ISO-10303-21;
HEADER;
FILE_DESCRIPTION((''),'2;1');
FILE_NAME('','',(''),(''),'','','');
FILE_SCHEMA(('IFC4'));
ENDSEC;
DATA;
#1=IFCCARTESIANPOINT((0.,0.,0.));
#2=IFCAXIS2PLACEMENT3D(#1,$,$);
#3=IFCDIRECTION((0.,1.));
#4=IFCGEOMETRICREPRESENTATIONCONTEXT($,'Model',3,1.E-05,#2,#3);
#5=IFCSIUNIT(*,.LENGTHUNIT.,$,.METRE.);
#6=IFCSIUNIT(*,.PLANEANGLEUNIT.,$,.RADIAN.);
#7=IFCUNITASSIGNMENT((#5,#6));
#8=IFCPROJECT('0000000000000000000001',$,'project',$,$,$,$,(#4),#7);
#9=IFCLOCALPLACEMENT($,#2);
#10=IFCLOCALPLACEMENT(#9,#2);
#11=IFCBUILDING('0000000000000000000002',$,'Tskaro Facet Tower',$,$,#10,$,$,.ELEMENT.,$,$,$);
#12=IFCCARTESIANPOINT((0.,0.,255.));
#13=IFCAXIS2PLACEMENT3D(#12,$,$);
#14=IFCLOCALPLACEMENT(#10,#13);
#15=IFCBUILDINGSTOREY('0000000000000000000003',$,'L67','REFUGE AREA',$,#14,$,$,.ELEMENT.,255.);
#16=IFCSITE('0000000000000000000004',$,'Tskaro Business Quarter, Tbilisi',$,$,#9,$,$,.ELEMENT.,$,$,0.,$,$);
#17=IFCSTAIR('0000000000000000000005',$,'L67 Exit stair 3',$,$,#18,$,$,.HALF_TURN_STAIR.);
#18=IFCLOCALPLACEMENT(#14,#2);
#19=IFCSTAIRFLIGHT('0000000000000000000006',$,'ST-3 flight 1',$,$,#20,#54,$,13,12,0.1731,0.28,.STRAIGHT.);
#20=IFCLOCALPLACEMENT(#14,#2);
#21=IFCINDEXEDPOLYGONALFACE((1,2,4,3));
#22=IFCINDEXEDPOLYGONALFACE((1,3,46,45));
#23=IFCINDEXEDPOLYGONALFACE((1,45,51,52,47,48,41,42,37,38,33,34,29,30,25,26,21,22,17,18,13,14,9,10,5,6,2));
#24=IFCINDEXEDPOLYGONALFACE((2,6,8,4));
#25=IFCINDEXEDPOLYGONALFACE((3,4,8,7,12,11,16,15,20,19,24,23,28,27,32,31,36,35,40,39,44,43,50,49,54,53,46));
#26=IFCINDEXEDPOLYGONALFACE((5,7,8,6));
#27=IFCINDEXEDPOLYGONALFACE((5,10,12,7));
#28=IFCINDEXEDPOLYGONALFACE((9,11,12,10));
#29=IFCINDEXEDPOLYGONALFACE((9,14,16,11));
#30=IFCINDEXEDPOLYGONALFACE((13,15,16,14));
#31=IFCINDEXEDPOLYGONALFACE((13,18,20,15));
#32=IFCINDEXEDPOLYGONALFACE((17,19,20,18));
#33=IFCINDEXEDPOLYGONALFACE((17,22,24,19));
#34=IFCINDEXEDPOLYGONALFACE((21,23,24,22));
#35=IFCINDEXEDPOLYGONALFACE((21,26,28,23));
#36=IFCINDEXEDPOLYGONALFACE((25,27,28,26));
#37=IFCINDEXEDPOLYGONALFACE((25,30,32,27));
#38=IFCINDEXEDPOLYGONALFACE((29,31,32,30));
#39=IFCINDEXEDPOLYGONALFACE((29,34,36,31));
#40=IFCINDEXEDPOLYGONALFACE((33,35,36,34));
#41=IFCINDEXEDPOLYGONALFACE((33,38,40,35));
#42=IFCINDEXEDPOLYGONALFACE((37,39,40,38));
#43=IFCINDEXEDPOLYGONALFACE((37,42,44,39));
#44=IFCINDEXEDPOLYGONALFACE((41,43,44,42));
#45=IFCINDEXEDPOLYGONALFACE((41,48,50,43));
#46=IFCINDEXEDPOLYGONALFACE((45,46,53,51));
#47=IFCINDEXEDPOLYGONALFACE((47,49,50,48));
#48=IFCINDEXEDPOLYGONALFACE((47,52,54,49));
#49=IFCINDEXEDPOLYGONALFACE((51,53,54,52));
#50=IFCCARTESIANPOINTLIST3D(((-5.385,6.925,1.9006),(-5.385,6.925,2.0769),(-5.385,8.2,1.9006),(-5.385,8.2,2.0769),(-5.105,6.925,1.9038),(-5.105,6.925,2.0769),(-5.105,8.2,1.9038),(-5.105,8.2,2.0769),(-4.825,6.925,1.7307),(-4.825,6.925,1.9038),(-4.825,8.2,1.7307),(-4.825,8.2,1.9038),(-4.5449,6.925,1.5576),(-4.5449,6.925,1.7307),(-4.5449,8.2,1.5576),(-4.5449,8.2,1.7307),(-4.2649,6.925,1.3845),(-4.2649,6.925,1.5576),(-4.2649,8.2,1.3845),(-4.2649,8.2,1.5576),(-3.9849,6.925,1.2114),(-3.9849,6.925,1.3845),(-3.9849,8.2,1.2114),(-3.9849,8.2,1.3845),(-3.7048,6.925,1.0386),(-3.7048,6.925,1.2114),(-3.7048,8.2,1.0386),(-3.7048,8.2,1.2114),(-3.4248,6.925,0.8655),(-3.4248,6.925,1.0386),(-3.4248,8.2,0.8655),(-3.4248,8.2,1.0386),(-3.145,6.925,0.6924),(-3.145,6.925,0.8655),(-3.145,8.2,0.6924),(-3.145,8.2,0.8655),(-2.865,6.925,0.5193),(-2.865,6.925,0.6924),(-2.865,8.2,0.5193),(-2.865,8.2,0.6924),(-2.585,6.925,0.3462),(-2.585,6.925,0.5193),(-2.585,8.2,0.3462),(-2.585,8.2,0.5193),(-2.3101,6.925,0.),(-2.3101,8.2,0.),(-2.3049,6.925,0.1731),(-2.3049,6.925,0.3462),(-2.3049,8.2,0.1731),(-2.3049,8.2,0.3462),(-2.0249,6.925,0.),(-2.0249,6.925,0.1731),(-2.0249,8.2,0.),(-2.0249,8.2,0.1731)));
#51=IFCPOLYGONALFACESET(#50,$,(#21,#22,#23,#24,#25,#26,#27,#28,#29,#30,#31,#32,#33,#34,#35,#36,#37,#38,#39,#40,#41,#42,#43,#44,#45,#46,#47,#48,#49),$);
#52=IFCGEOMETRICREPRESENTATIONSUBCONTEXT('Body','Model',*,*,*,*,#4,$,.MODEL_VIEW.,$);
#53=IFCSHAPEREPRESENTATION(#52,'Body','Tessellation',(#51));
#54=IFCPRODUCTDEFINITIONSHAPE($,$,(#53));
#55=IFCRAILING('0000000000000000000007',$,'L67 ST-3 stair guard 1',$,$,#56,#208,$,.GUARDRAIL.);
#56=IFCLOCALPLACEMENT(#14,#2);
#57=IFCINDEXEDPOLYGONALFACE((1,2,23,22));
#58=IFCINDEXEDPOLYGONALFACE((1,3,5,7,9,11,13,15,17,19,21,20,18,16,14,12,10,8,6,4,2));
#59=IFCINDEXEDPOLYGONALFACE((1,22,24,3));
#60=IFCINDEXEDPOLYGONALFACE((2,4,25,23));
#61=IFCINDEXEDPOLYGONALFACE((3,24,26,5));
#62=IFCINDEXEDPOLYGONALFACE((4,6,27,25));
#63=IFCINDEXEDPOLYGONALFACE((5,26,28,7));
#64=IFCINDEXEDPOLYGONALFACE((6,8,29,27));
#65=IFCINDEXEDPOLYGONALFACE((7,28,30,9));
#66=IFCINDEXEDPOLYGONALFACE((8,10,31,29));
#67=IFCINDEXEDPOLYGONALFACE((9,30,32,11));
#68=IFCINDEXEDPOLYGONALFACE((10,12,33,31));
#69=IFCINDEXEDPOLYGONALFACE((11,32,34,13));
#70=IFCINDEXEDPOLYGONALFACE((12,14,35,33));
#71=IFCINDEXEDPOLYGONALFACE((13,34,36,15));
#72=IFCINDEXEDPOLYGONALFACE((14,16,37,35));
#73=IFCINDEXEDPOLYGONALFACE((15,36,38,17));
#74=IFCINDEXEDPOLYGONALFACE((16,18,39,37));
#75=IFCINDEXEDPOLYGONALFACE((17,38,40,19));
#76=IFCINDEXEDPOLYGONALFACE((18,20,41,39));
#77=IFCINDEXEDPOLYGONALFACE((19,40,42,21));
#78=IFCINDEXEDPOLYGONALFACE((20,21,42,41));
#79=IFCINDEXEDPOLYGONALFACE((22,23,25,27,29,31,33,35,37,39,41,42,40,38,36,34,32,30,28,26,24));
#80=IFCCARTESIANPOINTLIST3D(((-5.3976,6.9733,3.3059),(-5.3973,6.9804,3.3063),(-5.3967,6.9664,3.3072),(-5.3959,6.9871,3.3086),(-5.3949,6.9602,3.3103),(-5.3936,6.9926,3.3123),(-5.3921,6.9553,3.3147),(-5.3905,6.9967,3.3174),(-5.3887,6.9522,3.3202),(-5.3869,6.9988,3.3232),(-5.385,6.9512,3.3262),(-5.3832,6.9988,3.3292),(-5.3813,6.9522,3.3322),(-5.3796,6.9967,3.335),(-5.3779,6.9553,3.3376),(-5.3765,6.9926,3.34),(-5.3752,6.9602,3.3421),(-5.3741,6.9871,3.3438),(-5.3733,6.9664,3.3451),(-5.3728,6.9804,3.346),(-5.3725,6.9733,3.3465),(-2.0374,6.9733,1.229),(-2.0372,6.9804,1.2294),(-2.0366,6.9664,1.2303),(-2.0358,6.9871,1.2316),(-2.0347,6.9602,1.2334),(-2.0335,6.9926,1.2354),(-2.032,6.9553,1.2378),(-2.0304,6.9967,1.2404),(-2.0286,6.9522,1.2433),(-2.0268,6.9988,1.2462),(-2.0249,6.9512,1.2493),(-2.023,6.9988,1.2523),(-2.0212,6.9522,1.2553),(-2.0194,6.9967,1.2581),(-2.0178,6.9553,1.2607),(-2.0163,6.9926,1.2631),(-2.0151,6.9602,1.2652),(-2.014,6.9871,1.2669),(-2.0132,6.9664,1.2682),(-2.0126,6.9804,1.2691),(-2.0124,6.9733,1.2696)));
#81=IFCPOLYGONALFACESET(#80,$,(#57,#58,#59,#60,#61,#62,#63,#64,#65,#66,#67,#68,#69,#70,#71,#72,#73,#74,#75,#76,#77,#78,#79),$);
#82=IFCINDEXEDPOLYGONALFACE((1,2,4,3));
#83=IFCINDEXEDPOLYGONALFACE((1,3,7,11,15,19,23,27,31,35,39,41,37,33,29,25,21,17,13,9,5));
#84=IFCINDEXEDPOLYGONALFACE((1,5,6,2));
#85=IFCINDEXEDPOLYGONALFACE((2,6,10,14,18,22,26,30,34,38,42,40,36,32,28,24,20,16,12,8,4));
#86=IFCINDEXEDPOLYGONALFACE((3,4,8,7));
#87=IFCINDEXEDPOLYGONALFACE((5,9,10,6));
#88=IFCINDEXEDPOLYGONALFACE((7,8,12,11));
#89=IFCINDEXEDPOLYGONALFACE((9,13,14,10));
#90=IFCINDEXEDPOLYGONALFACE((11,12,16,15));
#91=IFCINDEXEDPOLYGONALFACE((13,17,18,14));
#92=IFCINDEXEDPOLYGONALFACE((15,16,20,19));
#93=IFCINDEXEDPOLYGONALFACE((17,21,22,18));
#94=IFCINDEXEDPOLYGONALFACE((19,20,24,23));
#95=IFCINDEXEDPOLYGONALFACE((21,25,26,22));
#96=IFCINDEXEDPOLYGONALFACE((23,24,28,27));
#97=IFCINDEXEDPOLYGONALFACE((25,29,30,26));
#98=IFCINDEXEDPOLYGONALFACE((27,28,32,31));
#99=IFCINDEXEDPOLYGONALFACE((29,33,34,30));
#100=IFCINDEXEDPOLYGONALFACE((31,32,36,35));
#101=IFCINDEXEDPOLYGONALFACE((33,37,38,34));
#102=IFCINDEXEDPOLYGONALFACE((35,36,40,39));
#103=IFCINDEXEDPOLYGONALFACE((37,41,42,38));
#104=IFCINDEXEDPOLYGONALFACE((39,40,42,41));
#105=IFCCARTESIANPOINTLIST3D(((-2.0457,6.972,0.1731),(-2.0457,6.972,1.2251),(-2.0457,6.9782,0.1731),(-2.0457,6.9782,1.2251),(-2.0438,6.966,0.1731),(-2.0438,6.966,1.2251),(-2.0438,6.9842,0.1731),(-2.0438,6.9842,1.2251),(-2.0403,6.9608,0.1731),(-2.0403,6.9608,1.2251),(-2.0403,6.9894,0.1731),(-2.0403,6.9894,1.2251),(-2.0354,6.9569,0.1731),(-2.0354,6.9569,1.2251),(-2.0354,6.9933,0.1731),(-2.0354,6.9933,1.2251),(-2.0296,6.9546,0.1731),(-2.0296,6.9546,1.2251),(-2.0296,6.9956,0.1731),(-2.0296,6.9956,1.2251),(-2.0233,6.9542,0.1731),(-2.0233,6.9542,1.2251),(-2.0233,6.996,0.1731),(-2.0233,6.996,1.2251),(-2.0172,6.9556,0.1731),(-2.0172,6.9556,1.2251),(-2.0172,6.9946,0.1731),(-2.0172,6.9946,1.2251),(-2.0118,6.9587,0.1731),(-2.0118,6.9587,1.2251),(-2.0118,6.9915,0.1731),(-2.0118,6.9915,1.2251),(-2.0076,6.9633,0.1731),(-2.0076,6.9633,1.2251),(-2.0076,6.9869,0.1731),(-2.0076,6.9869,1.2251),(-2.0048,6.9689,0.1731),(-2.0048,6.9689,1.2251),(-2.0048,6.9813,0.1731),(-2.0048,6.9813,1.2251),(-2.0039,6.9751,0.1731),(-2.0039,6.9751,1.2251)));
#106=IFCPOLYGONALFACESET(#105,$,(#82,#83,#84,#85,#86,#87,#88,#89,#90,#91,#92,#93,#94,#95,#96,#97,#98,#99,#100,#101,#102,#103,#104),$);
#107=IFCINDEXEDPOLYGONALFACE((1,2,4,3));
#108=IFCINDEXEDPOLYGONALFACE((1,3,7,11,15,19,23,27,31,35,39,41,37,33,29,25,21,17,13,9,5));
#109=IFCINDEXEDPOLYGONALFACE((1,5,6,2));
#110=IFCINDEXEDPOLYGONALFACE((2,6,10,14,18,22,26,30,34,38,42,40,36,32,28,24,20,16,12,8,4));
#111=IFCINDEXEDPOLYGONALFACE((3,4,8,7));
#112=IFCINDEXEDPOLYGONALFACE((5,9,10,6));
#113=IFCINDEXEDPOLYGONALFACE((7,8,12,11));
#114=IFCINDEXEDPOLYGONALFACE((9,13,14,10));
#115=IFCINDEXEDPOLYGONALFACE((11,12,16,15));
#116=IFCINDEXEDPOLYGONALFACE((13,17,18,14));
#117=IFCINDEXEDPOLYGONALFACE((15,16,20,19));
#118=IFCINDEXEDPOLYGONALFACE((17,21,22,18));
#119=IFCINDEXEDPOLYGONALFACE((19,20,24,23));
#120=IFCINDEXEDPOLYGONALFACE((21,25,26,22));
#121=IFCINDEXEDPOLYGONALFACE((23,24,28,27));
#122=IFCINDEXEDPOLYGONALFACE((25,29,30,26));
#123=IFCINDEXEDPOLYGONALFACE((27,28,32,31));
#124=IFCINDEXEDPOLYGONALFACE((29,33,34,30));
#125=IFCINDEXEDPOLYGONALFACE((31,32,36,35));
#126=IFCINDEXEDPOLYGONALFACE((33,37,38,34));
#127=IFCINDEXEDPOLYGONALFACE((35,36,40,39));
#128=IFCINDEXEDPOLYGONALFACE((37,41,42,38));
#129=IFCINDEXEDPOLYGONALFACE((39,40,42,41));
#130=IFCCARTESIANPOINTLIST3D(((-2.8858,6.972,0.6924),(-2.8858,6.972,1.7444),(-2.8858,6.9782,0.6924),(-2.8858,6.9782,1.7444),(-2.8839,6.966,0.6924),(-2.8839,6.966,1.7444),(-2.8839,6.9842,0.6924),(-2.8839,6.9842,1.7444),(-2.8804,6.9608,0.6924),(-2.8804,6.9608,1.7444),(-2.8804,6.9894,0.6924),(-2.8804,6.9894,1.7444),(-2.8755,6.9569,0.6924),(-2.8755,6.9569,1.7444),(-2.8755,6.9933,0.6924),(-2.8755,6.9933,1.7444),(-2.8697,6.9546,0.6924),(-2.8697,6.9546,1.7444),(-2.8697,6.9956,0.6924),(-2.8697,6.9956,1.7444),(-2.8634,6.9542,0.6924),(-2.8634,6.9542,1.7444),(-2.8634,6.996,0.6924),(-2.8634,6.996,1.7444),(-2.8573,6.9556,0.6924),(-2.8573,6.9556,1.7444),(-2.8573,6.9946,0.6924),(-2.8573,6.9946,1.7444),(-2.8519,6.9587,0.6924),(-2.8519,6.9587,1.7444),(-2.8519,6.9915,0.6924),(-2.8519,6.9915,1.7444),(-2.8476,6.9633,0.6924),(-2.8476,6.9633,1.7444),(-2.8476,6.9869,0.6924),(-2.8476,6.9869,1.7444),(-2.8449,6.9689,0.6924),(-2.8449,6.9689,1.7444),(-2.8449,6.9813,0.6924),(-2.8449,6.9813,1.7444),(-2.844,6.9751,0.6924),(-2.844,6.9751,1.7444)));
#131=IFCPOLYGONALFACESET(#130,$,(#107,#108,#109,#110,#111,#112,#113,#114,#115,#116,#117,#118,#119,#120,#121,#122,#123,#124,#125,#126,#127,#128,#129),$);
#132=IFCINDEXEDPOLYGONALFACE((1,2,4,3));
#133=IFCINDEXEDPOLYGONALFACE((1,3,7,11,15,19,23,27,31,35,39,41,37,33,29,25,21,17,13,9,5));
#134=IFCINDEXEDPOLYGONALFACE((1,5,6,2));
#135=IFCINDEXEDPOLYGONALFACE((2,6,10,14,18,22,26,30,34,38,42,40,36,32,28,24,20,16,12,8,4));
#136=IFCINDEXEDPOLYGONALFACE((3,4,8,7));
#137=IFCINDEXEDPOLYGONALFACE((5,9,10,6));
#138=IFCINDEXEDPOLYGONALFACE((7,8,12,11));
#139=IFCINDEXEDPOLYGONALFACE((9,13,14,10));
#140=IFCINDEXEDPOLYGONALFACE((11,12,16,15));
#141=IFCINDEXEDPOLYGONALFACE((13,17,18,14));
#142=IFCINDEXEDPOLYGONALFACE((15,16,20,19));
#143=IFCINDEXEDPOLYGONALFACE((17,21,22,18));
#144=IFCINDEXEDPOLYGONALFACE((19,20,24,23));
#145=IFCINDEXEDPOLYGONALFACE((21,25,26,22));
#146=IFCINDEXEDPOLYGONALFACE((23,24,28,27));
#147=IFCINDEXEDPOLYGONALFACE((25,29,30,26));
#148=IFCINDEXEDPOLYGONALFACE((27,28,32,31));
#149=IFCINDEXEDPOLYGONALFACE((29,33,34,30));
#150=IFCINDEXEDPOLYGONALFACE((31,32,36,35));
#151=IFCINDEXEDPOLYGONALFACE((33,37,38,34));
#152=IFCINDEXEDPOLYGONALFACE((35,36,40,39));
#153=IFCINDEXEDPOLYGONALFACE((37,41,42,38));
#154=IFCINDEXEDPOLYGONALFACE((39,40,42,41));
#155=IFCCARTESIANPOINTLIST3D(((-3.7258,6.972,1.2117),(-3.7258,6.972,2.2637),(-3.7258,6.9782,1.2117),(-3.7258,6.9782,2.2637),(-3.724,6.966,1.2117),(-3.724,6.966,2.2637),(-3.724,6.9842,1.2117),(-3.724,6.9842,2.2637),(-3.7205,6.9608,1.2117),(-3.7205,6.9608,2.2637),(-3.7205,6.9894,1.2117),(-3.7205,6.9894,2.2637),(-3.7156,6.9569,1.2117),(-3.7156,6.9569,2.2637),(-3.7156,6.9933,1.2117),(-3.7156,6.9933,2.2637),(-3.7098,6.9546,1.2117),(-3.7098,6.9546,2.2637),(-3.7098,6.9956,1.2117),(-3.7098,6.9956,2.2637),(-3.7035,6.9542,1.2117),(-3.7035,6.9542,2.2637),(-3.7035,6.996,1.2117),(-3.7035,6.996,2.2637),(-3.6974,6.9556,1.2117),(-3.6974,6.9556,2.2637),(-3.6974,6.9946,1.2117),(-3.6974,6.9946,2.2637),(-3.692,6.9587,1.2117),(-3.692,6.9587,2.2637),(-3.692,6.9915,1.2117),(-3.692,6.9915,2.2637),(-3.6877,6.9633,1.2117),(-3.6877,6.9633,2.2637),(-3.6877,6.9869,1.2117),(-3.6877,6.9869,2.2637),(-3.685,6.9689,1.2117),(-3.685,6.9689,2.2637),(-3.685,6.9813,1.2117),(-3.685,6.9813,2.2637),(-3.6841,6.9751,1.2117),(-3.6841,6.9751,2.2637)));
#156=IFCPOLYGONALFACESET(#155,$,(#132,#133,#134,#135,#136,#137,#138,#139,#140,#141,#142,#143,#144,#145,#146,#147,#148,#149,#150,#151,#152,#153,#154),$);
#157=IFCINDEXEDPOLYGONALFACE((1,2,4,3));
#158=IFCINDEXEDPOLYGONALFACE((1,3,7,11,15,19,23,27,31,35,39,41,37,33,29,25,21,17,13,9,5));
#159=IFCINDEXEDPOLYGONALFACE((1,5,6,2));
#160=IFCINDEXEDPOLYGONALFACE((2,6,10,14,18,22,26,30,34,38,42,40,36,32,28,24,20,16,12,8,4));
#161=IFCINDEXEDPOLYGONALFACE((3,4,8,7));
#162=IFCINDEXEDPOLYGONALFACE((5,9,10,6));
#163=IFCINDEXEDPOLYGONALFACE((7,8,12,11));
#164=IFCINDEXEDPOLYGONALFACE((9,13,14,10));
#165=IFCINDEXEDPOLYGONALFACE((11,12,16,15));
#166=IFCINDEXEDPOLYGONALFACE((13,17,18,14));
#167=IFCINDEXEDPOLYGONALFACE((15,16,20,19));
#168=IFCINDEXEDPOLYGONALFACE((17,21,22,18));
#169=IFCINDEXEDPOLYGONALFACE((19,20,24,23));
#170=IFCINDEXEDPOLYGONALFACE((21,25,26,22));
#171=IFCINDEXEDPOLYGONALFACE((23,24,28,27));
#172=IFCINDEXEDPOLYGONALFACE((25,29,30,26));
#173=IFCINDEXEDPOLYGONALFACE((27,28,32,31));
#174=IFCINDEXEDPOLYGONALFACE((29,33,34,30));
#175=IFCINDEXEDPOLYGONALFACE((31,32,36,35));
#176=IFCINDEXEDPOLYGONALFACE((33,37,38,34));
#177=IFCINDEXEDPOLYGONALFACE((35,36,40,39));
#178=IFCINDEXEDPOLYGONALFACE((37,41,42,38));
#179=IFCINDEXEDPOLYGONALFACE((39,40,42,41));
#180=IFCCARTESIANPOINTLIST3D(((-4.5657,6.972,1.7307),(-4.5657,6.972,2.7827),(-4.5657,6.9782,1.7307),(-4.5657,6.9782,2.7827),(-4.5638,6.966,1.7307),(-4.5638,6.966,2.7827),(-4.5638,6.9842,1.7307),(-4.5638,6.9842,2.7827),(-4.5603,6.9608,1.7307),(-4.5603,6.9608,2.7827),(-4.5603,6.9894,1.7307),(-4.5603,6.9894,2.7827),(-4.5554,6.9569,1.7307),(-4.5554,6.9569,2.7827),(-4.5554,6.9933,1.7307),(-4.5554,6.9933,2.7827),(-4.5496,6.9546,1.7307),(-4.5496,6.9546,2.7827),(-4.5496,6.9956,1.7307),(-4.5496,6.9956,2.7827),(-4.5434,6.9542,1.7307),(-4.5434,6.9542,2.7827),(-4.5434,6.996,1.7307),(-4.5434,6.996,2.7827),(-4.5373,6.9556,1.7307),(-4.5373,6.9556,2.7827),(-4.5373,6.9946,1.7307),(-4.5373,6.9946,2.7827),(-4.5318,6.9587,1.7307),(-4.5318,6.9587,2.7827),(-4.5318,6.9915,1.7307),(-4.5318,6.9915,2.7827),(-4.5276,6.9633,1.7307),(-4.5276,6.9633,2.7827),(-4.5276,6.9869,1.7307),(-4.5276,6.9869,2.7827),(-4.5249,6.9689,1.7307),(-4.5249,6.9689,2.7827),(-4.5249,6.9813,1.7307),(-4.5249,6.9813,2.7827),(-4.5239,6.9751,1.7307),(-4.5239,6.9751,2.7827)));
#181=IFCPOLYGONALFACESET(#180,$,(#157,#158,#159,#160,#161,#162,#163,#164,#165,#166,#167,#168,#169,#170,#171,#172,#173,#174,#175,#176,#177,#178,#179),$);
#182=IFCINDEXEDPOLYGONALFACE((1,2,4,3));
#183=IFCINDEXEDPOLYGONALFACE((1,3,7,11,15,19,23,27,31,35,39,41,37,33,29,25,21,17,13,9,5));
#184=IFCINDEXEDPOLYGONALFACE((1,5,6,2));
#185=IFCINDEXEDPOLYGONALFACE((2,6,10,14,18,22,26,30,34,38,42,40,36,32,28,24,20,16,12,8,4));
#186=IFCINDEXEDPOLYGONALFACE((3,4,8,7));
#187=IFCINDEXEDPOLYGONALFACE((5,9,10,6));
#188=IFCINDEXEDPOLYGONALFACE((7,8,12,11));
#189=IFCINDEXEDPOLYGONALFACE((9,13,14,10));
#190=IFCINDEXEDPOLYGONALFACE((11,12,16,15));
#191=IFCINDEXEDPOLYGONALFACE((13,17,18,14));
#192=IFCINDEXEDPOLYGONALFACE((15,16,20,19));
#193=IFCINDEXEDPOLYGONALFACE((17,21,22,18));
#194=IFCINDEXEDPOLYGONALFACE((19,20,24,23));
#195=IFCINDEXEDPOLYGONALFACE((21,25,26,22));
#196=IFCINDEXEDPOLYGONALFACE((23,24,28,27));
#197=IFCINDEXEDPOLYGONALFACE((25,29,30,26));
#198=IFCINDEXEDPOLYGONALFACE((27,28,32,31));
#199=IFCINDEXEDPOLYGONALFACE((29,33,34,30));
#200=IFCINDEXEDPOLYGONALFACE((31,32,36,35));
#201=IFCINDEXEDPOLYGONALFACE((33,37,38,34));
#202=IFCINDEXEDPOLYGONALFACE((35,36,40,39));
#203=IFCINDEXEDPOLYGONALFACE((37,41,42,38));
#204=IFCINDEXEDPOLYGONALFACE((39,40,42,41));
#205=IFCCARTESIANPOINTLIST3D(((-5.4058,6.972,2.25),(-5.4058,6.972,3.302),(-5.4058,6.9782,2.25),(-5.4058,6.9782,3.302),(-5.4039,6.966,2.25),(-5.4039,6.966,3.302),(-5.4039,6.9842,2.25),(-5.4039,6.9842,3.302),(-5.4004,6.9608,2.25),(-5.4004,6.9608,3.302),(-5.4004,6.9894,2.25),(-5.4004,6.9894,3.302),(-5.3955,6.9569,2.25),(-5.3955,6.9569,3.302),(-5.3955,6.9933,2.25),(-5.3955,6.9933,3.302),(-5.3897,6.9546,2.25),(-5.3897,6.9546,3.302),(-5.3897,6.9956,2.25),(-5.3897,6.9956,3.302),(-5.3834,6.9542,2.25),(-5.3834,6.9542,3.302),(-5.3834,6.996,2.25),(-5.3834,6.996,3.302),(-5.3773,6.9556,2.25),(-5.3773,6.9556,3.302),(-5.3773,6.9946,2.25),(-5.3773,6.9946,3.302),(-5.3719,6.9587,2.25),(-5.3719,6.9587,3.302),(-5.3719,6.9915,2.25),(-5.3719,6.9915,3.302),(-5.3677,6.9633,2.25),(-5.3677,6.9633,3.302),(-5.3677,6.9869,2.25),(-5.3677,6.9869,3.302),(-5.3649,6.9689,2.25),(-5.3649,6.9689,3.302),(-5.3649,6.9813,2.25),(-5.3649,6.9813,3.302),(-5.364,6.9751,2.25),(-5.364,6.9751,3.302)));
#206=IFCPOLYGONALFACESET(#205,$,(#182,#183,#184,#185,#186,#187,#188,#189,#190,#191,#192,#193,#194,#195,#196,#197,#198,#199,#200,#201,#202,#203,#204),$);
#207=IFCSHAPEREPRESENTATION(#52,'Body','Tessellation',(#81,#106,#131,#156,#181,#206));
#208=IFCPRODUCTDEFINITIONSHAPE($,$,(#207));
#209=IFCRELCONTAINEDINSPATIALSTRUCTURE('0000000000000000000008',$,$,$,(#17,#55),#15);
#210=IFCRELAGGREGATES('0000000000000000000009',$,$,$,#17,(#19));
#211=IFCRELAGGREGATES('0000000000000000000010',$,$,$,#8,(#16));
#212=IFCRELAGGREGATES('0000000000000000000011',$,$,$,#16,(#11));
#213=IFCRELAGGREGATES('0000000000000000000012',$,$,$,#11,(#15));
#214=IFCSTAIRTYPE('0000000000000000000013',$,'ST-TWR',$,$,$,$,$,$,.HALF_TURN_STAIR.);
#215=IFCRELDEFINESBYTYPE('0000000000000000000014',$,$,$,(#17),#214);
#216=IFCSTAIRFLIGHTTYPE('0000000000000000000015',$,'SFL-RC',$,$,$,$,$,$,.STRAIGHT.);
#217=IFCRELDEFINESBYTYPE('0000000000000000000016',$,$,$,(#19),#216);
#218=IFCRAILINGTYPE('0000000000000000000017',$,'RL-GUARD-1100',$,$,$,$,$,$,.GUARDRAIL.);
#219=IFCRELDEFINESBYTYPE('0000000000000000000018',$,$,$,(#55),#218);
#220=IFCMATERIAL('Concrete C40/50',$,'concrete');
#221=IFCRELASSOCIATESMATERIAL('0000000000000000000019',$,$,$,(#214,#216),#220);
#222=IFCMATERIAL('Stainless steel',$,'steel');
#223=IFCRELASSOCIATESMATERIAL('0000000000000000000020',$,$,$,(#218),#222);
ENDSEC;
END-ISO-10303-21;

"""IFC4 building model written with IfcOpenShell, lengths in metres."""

from ifc_helpers import new_model, si_unit, direction, frame, origin, origin_2d, place, context, subcontext, project, spatial, polyline, circle, outline, extrude, material, type_object, element, aggregate, save


model = new_model("IFC4")

# Units and contexts
model_context = context("Model", 3, precision=1e-05, world=origin(), true_north=direction((0.0, 1.0)))
body_context = subcontext(model_context, "Body", "Model", "MODEL_VIEW")
ifc_project = project(units=[si_unit("LENGTHUNIT", "METRE"), si_unit("PLANEANGLEUNIT", "RADIAN")], contexts=[model_context])

# Site, building, storey
site_placement = place(None, origin())
site = spatial("IfcSite", under=ifc_project, at=site_placement, Name="Tskaro Business Quarter, Tbilisi", CompositionType="ELEMENT", RefElevation=0.0)
building_placement = place(site_placement, origin())
building = spatial("IfcBuilding", under=site, at=building_placement, Name="Tskaro Facet Tower", CompositionType="ELEMENT")
storey_placement = place(building_placement, frame((0.0, 0.0, 255.0)))
storey = spatial("IfcBuildingStorey", under=building, at=storey_placement, Name="L67", Description="REFUGE AREA", CompositionType="ELEMENT", Elevation=255.0)

# Stair
ifc_material_1 = material(Name="Concrete C40/50", Category="concrete")
stair_type = type_object("IfcStairType", Name="ST-TWR", PredefinedType="HALF_TURN_STAIR", material=ifc_material_1)
stair_1_placement = place(storey_placement, origin())
stair_1 = element("IfcStair", 1, at=stair_1_placement, inside=storey, type_object=stair_type, Name="L67 Exit stair 3", PredefinedType="HALF_TURN_STAIR")

# Stair flight
stair_flight_type = type_object("IfcStairFlightType", Name="SFL-RC", PredefinedType="STRAIGHT", material=ifc_material_1)
stair_flight_placement = place(storey_placement, frame((-2.0249, 7.5625, 0.0), z_axis=(0.0, 0.0, 1.0), x_axis=(-1.0, 0.0, 0.0)))
stair_flight = element("IfcStairFlight", 2, at=stair_flight_placement, type_object=stair_flight_type, Name="ST-3 flight 1", NumberOfRisers=13, NumberOfTreads=12, PredefinedType="STRAIGHT", RiserHeight=0.1731, TreadLength=0.28, context=body_context, shape_type="SweptSolid", body=[
    extrude(outline(polyline([(0.0, 0.0), (0.0, 0.1731), (0.28, 0.1731), (0.28, 0.3462), (0.5601, 0.3462), (0.5601, 0.5193), (0.8401, 0.5193), (0.8401, 0.6924), (1.1201, 0.6924), (1.1201, 0.8655), (1.3999, 0.8655), (1.3999, 1.0386), (1.6799, 1.0386), (1.6799, 1.2114), (1.96, 1.2114), (1.96, 1.3845), (2.24, 1.3845), (2.24, 1.5576), (2.52, 1.5576), (2.52, 1.7307), (2.8, 1.7307), (2.8, 1.9038), (3.0801, 1.9038), (3.0801, 2.0769), (3.3601, 2.0769), (3.3601, 2.25), (3.3601, 1.9006), (0.2852, 0.0), (0.0, 0.0)])), frame((0.0, 0.6375, 0.0), z_axis=(0.0, -1.0, 0.0), x_axis=(1.0, 0.0, 0.0)), (0.0, 0.0, 1.0), 1.2749),
])
aggregate(stair_1, [stair_flight])

# Railing
ifc_material_2 = material(Name="Stainless steel", Category="steel")
railing_type_1 = type_object("IfcRailingType", Name="RL-GUARD-1100", PredefinedType="GUARDRAIL", material=ifc_material_2)
railing_1_placement = place(storey_placement, frame((-2.0249, 6.9751, 0.1731)))
element("IfcRailing", 3, at=railing_1_placement, inside=storey, type_object=railing_type_1, Name="L67 ST-3 stair guard 1", PredefinedType="GUARDRAIL", context=body_context, shape_type="SweptSolid", body=[
    extrude(circle(Radius=0.0239, at=origin_2d()), frame((0.0, 0.0, 1.0762), z_axis=(-0.850623, 0.0, 0.525776), x_axis=(0.0, -1.0, 0.0)), (0.0, 0.0, 1.0), 3.9502),
    extrude(circle(Radius=0.021, at=origin_2d()), origin(), (0.0, 0.0, 1.0), 1.052),
    extrude(circle(Radius=0.021, at=origin_2d()), frame((-0.8401, 0.0, 0.5193)), (0.0, 0.0, 1.0), 1.052),
    extrude(circle(Radius=0.021, at=origin_2d()), frame((-1.6802, 0.0, 1.0386)), (0.0, 0.0, 1.0), 1.052),
    extrude(circle(Radius=0.021, at=origin_2d()), frame((-2.52, 0.0, 1.5576)), (0.0, 0.0, 1.0), 1.052),
    extrude(circle(Radius=0.021, at=origin_2d()), frame((-3.3601, 0.0, 2.0769)), (0.0, 0.0, 1.0), 1.052),
])

save(model, "model.ifc")
